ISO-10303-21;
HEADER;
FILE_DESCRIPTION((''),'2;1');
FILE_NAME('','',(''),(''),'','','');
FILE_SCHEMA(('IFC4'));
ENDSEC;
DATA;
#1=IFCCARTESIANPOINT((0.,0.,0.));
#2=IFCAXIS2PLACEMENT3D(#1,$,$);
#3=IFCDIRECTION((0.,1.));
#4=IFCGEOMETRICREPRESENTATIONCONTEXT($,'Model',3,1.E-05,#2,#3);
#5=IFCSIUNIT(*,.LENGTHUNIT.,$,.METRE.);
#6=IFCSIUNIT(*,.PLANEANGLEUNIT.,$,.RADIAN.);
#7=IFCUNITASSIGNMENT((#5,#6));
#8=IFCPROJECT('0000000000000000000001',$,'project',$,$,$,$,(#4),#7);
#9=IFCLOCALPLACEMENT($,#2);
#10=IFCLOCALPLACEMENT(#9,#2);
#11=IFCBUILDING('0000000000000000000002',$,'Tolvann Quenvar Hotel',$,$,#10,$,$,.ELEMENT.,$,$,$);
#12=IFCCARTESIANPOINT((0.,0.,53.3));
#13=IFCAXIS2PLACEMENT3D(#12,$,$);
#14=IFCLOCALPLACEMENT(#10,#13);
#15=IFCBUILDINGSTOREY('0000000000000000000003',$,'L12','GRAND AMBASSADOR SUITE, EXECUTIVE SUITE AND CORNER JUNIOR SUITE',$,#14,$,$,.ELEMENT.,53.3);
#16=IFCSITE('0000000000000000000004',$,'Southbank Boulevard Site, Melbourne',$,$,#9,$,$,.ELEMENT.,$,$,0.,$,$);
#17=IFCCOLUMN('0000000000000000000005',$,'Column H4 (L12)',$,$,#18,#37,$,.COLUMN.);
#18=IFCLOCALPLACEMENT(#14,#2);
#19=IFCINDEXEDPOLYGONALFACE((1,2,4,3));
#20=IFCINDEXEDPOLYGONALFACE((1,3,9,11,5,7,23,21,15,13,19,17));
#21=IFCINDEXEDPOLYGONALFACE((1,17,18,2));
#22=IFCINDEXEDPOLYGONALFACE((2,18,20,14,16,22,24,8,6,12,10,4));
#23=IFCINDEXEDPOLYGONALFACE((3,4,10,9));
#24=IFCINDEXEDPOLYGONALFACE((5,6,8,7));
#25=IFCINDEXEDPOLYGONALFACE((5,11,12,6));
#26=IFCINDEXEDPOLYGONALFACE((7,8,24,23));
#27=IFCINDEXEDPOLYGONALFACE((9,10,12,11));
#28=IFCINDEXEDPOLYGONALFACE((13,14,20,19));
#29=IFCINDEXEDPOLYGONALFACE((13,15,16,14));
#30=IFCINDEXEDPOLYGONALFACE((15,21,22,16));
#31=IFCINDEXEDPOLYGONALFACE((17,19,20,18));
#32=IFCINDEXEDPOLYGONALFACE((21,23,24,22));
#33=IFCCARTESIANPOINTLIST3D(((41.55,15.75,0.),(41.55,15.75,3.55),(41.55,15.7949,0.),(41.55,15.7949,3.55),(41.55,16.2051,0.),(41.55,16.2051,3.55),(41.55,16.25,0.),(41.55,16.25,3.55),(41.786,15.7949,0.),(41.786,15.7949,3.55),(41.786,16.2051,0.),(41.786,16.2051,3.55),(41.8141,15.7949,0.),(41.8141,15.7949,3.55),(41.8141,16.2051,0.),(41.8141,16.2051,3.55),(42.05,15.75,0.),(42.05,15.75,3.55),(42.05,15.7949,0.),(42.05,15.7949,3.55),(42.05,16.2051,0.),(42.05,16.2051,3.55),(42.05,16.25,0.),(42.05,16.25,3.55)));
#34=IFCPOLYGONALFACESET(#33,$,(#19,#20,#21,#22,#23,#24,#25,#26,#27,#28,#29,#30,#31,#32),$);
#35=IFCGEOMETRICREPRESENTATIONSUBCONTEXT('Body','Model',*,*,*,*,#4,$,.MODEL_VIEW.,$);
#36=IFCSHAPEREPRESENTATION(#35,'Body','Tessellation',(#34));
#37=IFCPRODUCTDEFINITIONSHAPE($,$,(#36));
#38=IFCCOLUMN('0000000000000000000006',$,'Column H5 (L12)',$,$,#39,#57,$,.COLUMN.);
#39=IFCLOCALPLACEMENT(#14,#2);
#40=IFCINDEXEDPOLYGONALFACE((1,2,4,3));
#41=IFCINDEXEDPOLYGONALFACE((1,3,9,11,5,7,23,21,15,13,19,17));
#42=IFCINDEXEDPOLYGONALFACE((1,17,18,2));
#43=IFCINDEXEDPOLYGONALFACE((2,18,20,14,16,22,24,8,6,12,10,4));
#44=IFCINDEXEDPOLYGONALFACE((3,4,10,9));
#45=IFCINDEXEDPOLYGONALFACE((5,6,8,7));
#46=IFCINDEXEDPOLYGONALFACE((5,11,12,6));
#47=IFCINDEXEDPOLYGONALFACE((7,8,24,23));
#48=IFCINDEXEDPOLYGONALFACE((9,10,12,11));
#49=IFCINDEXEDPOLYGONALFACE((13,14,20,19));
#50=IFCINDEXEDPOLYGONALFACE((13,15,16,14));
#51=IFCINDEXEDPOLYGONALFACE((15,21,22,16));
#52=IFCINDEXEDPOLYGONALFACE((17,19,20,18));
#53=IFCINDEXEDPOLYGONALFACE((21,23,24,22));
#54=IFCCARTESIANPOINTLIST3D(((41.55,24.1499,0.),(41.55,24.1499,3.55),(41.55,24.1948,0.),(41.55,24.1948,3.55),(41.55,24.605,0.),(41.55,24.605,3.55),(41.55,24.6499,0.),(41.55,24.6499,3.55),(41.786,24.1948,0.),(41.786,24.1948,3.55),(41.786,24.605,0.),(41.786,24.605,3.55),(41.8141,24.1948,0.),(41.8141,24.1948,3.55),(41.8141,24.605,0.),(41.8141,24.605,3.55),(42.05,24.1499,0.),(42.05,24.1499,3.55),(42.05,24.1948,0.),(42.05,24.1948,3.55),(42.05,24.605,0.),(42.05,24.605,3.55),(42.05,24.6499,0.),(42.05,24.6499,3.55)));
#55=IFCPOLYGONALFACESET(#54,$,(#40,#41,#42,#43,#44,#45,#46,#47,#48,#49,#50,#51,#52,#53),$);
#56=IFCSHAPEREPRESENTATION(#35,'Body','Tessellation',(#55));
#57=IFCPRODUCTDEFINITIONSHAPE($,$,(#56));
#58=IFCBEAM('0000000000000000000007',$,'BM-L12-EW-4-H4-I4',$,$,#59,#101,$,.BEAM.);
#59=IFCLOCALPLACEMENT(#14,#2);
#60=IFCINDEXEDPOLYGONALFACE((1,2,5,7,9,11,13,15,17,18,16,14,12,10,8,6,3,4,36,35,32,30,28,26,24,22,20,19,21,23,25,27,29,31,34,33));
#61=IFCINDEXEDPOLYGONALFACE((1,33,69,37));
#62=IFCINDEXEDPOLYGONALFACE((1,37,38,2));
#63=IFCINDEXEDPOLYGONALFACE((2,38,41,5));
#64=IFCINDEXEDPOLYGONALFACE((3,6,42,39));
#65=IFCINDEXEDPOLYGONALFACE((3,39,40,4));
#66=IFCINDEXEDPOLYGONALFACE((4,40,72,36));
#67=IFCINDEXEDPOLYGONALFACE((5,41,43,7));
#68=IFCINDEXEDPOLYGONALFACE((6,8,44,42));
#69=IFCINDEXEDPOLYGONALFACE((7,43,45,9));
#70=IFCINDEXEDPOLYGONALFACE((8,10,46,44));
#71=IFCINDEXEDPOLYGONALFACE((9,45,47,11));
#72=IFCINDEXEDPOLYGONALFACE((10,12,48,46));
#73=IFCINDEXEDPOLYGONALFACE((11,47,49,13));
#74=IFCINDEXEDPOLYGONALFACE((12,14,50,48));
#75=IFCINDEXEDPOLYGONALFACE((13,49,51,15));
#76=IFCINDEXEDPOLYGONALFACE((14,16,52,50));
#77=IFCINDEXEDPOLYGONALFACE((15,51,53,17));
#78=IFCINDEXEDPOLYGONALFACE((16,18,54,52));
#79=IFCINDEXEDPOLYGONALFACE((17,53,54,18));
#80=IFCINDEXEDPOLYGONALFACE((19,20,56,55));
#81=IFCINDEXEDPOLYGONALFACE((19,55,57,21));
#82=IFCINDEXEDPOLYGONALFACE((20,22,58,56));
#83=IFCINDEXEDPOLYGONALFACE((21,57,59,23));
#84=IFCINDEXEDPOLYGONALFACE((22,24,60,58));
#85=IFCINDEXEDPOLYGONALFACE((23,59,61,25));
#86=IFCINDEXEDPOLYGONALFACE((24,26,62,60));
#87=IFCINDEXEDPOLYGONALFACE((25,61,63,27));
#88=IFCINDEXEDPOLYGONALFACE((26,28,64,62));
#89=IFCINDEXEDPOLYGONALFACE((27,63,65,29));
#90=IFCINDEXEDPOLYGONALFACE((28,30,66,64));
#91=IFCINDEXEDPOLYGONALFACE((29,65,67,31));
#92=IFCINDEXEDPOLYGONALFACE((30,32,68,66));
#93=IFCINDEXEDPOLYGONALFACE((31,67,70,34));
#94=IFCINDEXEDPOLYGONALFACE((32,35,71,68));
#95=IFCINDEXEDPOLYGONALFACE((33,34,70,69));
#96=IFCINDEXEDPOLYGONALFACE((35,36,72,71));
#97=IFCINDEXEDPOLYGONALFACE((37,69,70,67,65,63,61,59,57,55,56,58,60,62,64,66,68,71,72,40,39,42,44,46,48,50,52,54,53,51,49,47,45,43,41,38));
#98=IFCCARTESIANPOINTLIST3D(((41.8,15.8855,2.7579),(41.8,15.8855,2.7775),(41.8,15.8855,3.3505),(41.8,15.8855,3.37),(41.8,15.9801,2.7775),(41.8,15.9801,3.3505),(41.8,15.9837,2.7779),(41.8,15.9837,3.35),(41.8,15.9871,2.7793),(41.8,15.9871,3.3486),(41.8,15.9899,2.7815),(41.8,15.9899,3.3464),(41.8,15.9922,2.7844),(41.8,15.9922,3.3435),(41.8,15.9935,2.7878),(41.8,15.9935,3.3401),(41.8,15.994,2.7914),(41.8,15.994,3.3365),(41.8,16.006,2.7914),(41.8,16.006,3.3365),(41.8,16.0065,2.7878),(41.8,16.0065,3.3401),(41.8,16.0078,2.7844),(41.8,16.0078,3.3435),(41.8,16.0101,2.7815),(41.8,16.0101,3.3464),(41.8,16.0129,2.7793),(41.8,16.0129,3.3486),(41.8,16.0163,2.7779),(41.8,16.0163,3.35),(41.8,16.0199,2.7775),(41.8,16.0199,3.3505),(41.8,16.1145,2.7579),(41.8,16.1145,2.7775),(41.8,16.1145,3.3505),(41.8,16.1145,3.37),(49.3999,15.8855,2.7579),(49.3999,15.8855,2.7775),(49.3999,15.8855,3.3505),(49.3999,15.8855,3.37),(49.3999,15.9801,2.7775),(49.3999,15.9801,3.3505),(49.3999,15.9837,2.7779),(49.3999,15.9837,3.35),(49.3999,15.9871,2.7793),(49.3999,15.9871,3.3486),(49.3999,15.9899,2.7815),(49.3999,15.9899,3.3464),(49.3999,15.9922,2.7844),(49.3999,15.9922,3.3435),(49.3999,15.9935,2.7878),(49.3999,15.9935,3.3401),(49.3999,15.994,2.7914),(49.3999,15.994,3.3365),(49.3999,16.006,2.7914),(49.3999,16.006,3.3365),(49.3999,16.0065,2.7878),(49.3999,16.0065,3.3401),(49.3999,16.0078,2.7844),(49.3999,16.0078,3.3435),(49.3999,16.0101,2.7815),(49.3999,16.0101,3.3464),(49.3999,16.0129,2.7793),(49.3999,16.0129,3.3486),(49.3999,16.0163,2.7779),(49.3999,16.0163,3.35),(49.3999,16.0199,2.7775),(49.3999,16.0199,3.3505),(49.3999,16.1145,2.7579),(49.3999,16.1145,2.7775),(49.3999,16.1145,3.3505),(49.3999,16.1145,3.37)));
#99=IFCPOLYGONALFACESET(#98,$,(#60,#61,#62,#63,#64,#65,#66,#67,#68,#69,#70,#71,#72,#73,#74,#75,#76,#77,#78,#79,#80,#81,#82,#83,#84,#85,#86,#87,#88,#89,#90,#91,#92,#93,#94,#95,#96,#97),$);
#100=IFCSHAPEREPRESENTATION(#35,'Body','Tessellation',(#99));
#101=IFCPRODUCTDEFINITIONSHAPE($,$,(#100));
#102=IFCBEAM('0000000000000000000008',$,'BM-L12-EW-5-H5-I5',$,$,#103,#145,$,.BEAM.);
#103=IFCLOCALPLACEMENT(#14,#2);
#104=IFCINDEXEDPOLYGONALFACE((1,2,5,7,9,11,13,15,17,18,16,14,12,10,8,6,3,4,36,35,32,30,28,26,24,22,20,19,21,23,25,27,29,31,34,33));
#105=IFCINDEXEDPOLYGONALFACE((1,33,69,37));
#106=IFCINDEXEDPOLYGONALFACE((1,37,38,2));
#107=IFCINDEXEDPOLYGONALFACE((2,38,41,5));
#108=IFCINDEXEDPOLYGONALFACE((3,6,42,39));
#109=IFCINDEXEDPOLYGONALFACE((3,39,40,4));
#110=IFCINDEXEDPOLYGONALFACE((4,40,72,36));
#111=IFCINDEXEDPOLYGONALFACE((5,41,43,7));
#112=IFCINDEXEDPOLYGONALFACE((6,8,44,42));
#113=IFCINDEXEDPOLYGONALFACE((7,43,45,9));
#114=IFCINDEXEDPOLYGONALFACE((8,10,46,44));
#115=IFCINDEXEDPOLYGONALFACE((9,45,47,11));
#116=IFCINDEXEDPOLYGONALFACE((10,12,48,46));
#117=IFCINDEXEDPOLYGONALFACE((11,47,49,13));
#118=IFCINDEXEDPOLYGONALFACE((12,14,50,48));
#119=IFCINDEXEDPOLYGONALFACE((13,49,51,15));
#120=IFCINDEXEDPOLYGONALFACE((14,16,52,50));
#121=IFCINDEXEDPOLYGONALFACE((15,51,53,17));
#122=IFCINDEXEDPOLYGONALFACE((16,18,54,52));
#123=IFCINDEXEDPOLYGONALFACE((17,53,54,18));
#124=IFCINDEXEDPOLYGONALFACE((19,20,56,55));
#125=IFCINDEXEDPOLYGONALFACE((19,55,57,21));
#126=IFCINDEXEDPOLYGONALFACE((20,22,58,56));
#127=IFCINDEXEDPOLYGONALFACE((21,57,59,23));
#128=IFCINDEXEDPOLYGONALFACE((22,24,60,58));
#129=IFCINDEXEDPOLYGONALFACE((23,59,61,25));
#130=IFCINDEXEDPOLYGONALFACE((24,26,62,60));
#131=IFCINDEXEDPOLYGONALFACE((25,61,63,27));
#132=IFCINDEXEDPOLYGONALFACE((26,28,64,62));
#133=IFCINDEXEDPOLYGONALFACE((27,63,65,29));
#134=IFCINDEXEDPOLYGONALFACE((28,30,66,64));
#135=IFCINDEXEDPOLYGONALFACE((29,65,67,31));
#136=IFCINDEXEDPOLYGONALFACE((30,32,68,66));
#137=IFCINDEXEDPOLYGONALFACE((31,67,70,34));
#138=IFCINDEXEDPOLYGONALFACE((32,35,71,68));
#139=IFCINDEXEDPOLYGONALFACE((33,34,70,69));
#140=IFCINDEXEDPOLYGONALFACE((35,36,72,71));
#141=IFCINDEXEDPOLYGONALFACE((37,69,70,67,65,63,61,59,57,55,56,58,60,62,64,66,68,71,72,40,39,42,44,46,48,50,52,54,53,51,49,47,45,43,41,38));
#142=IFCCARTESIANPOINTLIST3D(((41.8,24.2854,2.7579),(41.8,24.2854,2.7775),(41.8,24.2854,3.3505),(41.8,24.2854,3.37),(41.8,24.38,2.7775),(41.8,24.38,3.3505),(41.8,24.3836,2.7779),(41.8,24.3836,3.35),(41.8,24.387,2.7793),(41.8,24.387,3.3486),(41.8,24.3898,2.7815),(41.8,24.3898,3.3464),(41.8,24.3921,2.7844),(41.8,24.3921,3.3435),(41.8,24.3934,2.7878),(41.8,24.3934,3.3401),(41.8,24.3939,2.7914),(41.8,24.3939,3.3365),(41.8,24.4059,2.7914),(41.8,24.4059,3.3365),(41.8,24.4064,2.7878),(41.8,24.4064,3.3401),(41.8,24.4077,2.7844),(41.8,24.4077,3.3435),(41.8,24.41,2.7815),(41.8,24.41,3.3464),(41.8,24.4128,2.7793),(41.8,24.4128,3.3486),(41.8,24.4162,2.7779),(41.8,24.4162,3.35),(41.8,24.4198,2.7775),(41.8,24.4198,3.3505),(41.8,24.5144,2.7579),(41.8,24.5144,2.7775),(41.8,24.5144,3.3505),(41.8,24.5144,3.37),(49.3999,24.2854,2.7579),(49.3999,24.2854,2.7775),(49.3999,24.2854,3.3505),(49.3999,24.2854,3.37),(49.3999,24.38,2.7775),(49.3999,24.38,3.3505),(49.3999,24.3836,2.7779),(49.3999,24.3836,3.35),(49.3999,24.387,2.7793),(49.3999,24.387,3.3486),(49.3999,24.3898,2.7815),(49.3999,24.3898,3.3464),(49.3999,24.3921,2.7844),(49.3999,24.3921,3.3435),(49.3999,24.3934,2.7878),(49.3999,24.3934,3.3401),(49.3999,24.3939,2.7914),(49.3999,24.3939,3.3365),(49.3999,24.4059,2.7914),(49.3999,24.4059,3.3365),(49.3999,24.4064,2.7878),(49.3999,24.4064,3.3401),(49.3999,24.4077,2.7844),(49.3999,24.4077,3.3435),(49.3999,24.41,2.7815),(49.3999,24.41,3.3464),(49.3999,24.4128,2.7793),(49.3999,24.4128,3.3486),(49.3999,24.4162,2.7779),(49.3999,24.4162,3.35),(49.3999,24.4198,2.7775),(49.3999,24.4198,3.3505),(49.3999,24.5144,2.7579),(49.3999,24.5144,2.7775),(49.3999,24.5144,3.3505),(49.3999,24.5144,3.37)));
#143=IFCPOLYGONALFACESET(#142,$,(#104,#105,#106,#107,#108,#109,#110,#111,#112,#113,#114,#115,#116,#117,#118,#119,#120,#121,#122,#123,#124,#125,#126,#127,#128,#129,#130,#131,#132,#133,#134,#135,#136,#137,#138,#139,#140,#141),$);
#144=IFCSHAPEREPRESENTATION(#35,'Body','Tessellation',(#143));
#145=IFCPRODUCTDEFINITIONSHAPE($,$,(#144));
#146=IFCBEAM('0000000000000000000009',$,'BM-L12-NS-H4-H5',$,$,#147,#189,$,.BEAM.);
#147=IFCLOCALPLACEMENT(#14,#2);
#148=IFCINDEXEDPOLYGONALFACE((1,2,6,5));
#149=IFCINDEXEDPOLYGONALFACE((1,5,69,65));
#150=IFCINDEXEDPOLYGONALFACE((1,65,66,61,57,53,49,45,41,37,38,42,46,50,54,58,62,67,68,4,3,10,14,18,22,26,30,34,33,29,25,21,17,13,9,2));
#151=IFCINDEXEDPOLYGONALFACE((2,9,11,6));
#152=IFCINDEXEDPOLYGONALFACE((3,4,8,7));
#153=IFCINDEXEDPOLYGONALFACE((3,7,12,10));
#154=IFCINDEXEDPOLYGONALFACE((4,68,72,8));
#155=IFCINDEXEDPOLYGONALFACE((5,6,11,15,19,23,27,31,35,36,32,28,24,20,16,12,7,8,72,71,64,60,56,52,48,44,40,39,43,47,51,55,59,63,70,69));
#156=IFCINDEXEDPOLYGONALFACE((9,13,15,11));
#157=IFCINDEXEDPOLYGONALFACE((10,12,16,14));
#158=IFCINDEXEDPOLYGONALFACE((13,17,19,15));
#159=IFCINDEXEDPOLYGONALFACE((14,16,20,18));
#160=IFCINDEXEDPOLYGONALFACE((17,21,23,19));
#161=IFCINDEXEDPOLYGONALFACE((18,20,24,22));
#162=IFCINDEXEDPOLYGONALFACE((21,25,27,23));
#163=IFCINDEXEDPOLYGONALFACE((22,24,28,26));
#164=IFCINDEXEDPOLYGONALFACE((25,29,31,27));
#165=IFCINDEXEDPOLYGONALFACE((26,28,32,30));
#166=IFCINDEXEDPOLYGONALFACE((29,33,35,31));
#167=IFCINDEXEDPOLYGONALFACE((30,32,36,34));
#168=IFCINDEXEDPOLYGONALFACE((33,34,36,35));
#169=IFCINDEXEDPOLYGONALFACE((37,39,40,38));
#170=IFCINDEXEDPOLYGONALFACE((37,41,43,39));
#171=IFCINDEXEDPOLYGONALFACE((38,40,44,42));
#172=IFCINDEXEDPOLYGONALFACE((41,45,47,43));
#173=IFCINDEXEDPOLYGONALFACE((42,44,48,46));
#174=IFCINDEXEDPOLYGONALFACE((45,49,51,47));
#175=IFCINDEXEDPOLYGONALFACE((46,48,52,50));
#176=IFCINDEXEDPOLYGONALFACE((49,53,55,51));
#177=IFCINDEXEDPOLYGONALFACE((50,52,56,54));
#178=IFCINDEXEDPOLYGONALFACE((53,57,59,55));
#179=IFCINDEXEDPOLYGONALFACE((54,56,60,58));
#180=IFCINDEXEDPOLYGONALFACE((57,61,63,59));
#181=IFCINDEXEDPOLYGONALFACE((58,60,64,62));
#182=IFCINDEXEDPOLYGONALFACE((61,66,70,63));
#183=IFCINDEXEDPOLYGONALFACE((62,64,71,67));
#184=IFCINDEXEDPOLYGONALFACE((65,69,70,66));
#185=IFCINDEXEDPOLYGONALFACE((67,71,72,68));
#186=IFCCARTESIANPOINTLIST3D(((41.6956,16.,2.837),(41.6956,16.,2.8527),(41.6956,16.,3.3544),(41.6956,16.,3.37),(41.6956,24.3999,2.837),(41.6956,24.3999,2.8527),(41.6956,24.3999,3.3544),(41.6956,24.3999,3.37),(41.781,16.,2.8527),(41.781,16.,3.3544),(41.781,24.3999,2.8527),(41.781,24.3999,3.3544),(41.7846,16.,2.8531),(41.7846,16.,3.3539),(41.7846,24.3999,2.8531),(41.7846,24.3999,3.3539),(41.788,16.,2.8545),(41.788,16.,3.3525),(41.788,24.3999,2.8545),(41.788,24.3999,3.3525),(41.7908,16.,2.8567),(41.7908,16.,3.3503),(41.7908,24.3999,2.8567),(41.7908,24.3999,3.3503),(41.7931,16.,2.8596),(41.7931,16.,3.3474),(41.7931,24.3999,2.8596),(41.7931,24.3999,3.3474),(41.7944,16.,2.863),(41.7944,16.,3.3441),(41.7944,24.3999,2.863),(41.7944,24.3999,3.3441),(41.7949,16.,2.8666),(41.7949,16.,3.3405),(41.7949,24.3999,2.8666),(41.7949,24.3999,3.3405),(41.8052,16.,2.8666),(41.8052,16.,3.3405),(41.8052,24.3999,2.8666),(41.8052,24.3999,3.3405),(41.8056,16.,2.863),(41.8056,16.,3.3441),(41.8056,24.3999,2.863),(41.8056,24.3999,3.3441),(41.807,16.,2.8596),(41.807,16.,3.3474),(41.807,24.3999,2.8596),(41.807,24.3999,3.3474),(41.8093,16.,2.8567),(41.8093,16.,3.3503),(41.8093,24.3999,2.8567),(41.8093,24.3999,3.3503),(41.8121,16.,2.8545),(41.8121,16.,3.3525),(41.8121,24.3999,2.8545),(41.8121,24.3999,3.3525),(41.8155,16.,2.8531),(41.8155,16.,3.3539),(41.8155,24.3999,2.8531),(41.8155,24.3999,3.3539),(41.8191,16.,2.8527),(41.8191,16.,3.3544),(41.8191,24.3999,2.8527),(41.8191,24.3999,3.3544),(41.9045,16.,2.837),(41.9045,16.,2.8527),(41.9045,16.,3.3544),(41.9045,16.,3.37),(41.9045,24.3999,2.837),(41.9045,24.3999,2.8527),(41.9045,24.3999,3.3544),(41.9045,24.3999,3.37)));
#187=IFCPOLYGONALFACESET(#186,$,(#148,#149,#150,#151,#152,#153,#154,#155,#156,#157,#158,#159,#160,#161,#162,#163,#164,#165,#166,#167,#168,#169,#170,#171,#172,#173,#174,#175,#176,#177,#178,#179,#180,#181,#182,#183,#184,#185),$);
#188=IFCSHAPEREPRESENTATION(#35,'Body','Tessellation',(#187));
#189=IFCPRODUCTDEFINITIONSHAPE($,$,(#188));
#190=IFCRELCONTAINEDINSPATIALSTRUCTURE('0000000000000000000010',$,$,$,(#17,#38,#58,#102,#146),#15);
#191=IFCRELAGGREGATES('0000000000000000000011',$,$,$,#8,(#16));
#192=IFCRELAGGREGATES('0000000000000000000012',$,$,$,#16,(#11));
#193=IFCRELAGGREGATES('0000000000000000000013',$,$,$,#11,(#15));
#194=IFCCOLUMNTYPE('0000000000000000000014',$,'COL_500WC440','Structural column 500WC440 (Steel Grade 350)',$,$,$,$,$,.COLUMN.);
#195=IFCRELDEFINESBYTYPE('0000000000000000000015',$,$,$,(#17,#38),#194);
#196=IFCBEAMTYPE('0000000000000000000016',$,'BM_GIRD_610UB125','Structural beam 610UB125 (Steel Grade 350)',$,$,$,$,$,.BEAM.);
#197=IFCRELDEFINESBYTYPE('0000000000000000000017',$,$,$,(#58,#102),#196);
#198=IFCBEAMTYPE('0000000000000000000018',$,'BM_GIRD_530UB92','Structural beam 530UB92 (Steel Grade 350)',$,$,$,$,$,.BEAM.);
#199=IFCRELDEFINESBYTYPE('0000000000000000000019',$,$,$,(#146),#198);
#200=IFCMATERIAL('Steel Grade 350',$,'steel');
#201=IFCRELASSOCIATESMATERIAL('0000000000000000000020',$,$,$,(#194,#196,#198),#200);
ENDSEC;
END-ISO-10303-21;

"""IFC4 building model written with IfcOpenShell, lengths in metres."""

from ifc_helpers import new_model, si_unit, direction, frame, origin, origin_2d, place, context, subcontext, project, spatial, i_section, extrude, source, transform, mapped, material, material_profile, profile_set, type_object, type_shapes, element, save


model = new_model("IFC4")

# Units and contexts
model_context = context("Model", 3, precision=1e-05, world=origin(), true_north=direction((0.0, 1.0)))
body_context = subcontext(model_context, "Body", "Model", "MODEL_VIEW")
ifc_project = project(units=[si_unit("LENGTHUNIT", "METRE"), si_unit("PLANEANGLEUNIT", "RADIAN")], contexts=[model_context])

# Site, building, storey
site_placement = place(None, origin())
site = spatial("IfcSite", under=ifc_project, at=site_placement, Name="Southbank Boulevard Site, Melbourne", CompositionType="ELEMENT", RefElevation=0.0)
building_placement = place(site_placement, origin())
building = spatial("IfcBuilding", under=site, at=building_placement, Name="Tolvann Quenvar Hotel", CompositionType="ELEMENT")
storey_placement = place(building_placement, frame((0.0, 0.0, 53.3)))
storey = spatial("IfcBuildingStorey", under=building, at=storey_placement, Name="L12", Description="GRAND AMBASSADOR SUITE, EXECUTIVE SUITE AND CORNER JUNIOR SUITE", CompositionType="ELEMENT", Elevation=53.3)

# Columns
ifc_material_1 = material(Name="Steel Grade 350", Category="steel")
ifc_material_profile_1 = material_profile(ifc_material_1, i_section(OverallWidth=0.5, OverallDepth=0.5, WebThickness=0.0281, FlangeThickness=0.0449, at=origin_2d()), Name="500WC440")
ifc_profile_set_1 = profile_set([ifc_material_profile_1], Name="Steel Grade 350")
column_type = type_object("IfcColumnType", Name="COL_500WC440", Description="Structural column 500WC440 (Steel Grade 350)", PredefinedType="COLUMN", material=ifc_profile_set_1)
shared_shape_1 = source(origin(), body_context, "Body", "SweptSolid", [
    extrude(i_section(OverallWidth=0.5, OverallDepth=0.5, WebThickness=0.0281, FlangeThickness=0.0449, at=origin_2d()), origin(), (0.0, 0.0, 1.0), 3.55),
])
type_shapes(column_type, [shared_shape_1])
for number, where, z_axis, x_axis, name in (
    (1, (41.8, 16.0, 0.0), (0.0, 0.0, 1.0), (1.0, 0.0, 0.0), "Column H4 (L12)"),
    (2, (41.8, 24.3999, 0.0), (0.0, 0.0, 1.0), (1.0, 0.0, 0.0), "Column H5 (L12)"),
):
    element("IfcColumn", number, at=place(storey_placement, frame(where, z_axis=z_axis, x_axis=x_axis)), inside=storey, type_object=column_type, Name=name, PredefinedType="COLUMN", context=body_context, shape_type="MappedRepresentation", body=[
        mapped(shared_shape_1, transform((0.0, 0.0, 0.0), x_axis=(1.0, 0.0, 0.0), y_axis=(0.0, 1.0, 0.0), z_axis=(0.0, 0.0, 1.0), scale=1.0)),
    ])

# Beams
ifc_material_profile_2 = material_profile(ifc_material_1, i_section(OverallWidth=0.229, OverallDepth=0.6121, WebThickness=0.012, FlangeThickness=0.0195, FilletRadius=0.0139, at=origin_2d()), Name="610UB125")
ifc_profile_set_2 = profile_set([ifc_material_profile_2], Name="Steel Grade 350")
beam_type_1 = type_object("IfcBeamType", Name="BM_GIRD_610UB125", Description="Structural beam 610UB125 (Steel Grade 350)", PredefinedType="BEAM", material=ifc_profile_set_2)
shared_shape_2 = source(origin(), body_context, "Body", "SweptSolid", [
    extrude(i_section(OverallWidth=0.229, OverallDepth=0.6121, WebThickness=0.012, FlangeThickness=0.0195, FilletRadius=0.0139, at=origin_2d()), origin(), (0.0, 0.0, 1.0), 7.5999),
])
type_shapes(beam_type_1, [shared_shape_2])
for number, where, z_axis, x_axis, name in (
    (3, (41.8, 16.0, 3.064), (1.0, 0.0, 0.0), (0.0, 1.0, 0.0), "BM-L12-EW-4-H4-I4"),
    (4, (41.8, 24.3999, 3.064), (1.0, 0.0, 0.0), (0.0, 1.0, 0.0), "BM-L12-EW-5-H5-I5"),
):
    element("IfcBeam", number, at=place(storey_placement, frame(where, z_axis=z_axis, x_axis=x_axis)), inside=storey, type_object=beam_type_1, Name=name, PredefinedType="BEAM", context=body_context, shape_type="MappedRepresentation", body=[
        mapped(shared_shape_2, transform((0.0, 0.0, 0.0), x_axis=(1.0, 0.0, 0.0), y_axis=(0.0, 1.0, 0.0), z_axis=(0.0, 0.0, 1.0), scale=1.0)),
    ])
ifc_material_profile_3 = material_profile(ifc_material_1, i_section(OverallWidth=0.209, OverallDepth=0.533, WebThickness=0.0103, FlangeThickness=0.0156, FilletRadius=0.0139, at=origin_2d()), Name="530UB92")
ifc_profile_set_3 = profile_set([ifc_material_profile_3], Name="Steel Grade 350")
beam_type_2 = type_object("IfcBeamType", Name="BM_GIRD_530UB92", Description="Structural beam 530UB92 (Steel Grade 350)", PredefinedType="BEAM", material=ifc_profile_set_3)
shared_shape_3 = source(origin(), body_context, "Body", "SweptSolid", [
    extrude(i_section(OverallWidth=0.209, OverallDepth=0.533, WebThickness=0.0103, FlangeThickness=0.0156, FilletRadius=0.0139, at=origin_2d()), origin(), (0.0, 0.0, 1.0), 8.3999),
])
type_shapes(beam_type_2, [shared_shape_3])
beam_1_placement = place(storey_placement, frame((41.8, 16.0, 3.1035), z_axis=(0.0, 1.0, 0.0), x_axis=(-1.0, 0.0, 0.0)))
element("IfcBeam", 5, at=beam_1_placement, inside=storey, type_object=beam_type_2, Name="BM-L12-NS-H4-H5", PredefinedType="BEAM", context=body_context, shape_type="MappedRepresentation", body=[
    mapped(shared_shape_3, transform((0.0, 0.0, 0.0), x_axis=(1.0, 0.0, 0.0), y_axis=(0.0, 1.0, 0.0), z_axis=(0.0, 0.0, 1.0), scale=1.0)),
])

save(model, "model.ifc")
